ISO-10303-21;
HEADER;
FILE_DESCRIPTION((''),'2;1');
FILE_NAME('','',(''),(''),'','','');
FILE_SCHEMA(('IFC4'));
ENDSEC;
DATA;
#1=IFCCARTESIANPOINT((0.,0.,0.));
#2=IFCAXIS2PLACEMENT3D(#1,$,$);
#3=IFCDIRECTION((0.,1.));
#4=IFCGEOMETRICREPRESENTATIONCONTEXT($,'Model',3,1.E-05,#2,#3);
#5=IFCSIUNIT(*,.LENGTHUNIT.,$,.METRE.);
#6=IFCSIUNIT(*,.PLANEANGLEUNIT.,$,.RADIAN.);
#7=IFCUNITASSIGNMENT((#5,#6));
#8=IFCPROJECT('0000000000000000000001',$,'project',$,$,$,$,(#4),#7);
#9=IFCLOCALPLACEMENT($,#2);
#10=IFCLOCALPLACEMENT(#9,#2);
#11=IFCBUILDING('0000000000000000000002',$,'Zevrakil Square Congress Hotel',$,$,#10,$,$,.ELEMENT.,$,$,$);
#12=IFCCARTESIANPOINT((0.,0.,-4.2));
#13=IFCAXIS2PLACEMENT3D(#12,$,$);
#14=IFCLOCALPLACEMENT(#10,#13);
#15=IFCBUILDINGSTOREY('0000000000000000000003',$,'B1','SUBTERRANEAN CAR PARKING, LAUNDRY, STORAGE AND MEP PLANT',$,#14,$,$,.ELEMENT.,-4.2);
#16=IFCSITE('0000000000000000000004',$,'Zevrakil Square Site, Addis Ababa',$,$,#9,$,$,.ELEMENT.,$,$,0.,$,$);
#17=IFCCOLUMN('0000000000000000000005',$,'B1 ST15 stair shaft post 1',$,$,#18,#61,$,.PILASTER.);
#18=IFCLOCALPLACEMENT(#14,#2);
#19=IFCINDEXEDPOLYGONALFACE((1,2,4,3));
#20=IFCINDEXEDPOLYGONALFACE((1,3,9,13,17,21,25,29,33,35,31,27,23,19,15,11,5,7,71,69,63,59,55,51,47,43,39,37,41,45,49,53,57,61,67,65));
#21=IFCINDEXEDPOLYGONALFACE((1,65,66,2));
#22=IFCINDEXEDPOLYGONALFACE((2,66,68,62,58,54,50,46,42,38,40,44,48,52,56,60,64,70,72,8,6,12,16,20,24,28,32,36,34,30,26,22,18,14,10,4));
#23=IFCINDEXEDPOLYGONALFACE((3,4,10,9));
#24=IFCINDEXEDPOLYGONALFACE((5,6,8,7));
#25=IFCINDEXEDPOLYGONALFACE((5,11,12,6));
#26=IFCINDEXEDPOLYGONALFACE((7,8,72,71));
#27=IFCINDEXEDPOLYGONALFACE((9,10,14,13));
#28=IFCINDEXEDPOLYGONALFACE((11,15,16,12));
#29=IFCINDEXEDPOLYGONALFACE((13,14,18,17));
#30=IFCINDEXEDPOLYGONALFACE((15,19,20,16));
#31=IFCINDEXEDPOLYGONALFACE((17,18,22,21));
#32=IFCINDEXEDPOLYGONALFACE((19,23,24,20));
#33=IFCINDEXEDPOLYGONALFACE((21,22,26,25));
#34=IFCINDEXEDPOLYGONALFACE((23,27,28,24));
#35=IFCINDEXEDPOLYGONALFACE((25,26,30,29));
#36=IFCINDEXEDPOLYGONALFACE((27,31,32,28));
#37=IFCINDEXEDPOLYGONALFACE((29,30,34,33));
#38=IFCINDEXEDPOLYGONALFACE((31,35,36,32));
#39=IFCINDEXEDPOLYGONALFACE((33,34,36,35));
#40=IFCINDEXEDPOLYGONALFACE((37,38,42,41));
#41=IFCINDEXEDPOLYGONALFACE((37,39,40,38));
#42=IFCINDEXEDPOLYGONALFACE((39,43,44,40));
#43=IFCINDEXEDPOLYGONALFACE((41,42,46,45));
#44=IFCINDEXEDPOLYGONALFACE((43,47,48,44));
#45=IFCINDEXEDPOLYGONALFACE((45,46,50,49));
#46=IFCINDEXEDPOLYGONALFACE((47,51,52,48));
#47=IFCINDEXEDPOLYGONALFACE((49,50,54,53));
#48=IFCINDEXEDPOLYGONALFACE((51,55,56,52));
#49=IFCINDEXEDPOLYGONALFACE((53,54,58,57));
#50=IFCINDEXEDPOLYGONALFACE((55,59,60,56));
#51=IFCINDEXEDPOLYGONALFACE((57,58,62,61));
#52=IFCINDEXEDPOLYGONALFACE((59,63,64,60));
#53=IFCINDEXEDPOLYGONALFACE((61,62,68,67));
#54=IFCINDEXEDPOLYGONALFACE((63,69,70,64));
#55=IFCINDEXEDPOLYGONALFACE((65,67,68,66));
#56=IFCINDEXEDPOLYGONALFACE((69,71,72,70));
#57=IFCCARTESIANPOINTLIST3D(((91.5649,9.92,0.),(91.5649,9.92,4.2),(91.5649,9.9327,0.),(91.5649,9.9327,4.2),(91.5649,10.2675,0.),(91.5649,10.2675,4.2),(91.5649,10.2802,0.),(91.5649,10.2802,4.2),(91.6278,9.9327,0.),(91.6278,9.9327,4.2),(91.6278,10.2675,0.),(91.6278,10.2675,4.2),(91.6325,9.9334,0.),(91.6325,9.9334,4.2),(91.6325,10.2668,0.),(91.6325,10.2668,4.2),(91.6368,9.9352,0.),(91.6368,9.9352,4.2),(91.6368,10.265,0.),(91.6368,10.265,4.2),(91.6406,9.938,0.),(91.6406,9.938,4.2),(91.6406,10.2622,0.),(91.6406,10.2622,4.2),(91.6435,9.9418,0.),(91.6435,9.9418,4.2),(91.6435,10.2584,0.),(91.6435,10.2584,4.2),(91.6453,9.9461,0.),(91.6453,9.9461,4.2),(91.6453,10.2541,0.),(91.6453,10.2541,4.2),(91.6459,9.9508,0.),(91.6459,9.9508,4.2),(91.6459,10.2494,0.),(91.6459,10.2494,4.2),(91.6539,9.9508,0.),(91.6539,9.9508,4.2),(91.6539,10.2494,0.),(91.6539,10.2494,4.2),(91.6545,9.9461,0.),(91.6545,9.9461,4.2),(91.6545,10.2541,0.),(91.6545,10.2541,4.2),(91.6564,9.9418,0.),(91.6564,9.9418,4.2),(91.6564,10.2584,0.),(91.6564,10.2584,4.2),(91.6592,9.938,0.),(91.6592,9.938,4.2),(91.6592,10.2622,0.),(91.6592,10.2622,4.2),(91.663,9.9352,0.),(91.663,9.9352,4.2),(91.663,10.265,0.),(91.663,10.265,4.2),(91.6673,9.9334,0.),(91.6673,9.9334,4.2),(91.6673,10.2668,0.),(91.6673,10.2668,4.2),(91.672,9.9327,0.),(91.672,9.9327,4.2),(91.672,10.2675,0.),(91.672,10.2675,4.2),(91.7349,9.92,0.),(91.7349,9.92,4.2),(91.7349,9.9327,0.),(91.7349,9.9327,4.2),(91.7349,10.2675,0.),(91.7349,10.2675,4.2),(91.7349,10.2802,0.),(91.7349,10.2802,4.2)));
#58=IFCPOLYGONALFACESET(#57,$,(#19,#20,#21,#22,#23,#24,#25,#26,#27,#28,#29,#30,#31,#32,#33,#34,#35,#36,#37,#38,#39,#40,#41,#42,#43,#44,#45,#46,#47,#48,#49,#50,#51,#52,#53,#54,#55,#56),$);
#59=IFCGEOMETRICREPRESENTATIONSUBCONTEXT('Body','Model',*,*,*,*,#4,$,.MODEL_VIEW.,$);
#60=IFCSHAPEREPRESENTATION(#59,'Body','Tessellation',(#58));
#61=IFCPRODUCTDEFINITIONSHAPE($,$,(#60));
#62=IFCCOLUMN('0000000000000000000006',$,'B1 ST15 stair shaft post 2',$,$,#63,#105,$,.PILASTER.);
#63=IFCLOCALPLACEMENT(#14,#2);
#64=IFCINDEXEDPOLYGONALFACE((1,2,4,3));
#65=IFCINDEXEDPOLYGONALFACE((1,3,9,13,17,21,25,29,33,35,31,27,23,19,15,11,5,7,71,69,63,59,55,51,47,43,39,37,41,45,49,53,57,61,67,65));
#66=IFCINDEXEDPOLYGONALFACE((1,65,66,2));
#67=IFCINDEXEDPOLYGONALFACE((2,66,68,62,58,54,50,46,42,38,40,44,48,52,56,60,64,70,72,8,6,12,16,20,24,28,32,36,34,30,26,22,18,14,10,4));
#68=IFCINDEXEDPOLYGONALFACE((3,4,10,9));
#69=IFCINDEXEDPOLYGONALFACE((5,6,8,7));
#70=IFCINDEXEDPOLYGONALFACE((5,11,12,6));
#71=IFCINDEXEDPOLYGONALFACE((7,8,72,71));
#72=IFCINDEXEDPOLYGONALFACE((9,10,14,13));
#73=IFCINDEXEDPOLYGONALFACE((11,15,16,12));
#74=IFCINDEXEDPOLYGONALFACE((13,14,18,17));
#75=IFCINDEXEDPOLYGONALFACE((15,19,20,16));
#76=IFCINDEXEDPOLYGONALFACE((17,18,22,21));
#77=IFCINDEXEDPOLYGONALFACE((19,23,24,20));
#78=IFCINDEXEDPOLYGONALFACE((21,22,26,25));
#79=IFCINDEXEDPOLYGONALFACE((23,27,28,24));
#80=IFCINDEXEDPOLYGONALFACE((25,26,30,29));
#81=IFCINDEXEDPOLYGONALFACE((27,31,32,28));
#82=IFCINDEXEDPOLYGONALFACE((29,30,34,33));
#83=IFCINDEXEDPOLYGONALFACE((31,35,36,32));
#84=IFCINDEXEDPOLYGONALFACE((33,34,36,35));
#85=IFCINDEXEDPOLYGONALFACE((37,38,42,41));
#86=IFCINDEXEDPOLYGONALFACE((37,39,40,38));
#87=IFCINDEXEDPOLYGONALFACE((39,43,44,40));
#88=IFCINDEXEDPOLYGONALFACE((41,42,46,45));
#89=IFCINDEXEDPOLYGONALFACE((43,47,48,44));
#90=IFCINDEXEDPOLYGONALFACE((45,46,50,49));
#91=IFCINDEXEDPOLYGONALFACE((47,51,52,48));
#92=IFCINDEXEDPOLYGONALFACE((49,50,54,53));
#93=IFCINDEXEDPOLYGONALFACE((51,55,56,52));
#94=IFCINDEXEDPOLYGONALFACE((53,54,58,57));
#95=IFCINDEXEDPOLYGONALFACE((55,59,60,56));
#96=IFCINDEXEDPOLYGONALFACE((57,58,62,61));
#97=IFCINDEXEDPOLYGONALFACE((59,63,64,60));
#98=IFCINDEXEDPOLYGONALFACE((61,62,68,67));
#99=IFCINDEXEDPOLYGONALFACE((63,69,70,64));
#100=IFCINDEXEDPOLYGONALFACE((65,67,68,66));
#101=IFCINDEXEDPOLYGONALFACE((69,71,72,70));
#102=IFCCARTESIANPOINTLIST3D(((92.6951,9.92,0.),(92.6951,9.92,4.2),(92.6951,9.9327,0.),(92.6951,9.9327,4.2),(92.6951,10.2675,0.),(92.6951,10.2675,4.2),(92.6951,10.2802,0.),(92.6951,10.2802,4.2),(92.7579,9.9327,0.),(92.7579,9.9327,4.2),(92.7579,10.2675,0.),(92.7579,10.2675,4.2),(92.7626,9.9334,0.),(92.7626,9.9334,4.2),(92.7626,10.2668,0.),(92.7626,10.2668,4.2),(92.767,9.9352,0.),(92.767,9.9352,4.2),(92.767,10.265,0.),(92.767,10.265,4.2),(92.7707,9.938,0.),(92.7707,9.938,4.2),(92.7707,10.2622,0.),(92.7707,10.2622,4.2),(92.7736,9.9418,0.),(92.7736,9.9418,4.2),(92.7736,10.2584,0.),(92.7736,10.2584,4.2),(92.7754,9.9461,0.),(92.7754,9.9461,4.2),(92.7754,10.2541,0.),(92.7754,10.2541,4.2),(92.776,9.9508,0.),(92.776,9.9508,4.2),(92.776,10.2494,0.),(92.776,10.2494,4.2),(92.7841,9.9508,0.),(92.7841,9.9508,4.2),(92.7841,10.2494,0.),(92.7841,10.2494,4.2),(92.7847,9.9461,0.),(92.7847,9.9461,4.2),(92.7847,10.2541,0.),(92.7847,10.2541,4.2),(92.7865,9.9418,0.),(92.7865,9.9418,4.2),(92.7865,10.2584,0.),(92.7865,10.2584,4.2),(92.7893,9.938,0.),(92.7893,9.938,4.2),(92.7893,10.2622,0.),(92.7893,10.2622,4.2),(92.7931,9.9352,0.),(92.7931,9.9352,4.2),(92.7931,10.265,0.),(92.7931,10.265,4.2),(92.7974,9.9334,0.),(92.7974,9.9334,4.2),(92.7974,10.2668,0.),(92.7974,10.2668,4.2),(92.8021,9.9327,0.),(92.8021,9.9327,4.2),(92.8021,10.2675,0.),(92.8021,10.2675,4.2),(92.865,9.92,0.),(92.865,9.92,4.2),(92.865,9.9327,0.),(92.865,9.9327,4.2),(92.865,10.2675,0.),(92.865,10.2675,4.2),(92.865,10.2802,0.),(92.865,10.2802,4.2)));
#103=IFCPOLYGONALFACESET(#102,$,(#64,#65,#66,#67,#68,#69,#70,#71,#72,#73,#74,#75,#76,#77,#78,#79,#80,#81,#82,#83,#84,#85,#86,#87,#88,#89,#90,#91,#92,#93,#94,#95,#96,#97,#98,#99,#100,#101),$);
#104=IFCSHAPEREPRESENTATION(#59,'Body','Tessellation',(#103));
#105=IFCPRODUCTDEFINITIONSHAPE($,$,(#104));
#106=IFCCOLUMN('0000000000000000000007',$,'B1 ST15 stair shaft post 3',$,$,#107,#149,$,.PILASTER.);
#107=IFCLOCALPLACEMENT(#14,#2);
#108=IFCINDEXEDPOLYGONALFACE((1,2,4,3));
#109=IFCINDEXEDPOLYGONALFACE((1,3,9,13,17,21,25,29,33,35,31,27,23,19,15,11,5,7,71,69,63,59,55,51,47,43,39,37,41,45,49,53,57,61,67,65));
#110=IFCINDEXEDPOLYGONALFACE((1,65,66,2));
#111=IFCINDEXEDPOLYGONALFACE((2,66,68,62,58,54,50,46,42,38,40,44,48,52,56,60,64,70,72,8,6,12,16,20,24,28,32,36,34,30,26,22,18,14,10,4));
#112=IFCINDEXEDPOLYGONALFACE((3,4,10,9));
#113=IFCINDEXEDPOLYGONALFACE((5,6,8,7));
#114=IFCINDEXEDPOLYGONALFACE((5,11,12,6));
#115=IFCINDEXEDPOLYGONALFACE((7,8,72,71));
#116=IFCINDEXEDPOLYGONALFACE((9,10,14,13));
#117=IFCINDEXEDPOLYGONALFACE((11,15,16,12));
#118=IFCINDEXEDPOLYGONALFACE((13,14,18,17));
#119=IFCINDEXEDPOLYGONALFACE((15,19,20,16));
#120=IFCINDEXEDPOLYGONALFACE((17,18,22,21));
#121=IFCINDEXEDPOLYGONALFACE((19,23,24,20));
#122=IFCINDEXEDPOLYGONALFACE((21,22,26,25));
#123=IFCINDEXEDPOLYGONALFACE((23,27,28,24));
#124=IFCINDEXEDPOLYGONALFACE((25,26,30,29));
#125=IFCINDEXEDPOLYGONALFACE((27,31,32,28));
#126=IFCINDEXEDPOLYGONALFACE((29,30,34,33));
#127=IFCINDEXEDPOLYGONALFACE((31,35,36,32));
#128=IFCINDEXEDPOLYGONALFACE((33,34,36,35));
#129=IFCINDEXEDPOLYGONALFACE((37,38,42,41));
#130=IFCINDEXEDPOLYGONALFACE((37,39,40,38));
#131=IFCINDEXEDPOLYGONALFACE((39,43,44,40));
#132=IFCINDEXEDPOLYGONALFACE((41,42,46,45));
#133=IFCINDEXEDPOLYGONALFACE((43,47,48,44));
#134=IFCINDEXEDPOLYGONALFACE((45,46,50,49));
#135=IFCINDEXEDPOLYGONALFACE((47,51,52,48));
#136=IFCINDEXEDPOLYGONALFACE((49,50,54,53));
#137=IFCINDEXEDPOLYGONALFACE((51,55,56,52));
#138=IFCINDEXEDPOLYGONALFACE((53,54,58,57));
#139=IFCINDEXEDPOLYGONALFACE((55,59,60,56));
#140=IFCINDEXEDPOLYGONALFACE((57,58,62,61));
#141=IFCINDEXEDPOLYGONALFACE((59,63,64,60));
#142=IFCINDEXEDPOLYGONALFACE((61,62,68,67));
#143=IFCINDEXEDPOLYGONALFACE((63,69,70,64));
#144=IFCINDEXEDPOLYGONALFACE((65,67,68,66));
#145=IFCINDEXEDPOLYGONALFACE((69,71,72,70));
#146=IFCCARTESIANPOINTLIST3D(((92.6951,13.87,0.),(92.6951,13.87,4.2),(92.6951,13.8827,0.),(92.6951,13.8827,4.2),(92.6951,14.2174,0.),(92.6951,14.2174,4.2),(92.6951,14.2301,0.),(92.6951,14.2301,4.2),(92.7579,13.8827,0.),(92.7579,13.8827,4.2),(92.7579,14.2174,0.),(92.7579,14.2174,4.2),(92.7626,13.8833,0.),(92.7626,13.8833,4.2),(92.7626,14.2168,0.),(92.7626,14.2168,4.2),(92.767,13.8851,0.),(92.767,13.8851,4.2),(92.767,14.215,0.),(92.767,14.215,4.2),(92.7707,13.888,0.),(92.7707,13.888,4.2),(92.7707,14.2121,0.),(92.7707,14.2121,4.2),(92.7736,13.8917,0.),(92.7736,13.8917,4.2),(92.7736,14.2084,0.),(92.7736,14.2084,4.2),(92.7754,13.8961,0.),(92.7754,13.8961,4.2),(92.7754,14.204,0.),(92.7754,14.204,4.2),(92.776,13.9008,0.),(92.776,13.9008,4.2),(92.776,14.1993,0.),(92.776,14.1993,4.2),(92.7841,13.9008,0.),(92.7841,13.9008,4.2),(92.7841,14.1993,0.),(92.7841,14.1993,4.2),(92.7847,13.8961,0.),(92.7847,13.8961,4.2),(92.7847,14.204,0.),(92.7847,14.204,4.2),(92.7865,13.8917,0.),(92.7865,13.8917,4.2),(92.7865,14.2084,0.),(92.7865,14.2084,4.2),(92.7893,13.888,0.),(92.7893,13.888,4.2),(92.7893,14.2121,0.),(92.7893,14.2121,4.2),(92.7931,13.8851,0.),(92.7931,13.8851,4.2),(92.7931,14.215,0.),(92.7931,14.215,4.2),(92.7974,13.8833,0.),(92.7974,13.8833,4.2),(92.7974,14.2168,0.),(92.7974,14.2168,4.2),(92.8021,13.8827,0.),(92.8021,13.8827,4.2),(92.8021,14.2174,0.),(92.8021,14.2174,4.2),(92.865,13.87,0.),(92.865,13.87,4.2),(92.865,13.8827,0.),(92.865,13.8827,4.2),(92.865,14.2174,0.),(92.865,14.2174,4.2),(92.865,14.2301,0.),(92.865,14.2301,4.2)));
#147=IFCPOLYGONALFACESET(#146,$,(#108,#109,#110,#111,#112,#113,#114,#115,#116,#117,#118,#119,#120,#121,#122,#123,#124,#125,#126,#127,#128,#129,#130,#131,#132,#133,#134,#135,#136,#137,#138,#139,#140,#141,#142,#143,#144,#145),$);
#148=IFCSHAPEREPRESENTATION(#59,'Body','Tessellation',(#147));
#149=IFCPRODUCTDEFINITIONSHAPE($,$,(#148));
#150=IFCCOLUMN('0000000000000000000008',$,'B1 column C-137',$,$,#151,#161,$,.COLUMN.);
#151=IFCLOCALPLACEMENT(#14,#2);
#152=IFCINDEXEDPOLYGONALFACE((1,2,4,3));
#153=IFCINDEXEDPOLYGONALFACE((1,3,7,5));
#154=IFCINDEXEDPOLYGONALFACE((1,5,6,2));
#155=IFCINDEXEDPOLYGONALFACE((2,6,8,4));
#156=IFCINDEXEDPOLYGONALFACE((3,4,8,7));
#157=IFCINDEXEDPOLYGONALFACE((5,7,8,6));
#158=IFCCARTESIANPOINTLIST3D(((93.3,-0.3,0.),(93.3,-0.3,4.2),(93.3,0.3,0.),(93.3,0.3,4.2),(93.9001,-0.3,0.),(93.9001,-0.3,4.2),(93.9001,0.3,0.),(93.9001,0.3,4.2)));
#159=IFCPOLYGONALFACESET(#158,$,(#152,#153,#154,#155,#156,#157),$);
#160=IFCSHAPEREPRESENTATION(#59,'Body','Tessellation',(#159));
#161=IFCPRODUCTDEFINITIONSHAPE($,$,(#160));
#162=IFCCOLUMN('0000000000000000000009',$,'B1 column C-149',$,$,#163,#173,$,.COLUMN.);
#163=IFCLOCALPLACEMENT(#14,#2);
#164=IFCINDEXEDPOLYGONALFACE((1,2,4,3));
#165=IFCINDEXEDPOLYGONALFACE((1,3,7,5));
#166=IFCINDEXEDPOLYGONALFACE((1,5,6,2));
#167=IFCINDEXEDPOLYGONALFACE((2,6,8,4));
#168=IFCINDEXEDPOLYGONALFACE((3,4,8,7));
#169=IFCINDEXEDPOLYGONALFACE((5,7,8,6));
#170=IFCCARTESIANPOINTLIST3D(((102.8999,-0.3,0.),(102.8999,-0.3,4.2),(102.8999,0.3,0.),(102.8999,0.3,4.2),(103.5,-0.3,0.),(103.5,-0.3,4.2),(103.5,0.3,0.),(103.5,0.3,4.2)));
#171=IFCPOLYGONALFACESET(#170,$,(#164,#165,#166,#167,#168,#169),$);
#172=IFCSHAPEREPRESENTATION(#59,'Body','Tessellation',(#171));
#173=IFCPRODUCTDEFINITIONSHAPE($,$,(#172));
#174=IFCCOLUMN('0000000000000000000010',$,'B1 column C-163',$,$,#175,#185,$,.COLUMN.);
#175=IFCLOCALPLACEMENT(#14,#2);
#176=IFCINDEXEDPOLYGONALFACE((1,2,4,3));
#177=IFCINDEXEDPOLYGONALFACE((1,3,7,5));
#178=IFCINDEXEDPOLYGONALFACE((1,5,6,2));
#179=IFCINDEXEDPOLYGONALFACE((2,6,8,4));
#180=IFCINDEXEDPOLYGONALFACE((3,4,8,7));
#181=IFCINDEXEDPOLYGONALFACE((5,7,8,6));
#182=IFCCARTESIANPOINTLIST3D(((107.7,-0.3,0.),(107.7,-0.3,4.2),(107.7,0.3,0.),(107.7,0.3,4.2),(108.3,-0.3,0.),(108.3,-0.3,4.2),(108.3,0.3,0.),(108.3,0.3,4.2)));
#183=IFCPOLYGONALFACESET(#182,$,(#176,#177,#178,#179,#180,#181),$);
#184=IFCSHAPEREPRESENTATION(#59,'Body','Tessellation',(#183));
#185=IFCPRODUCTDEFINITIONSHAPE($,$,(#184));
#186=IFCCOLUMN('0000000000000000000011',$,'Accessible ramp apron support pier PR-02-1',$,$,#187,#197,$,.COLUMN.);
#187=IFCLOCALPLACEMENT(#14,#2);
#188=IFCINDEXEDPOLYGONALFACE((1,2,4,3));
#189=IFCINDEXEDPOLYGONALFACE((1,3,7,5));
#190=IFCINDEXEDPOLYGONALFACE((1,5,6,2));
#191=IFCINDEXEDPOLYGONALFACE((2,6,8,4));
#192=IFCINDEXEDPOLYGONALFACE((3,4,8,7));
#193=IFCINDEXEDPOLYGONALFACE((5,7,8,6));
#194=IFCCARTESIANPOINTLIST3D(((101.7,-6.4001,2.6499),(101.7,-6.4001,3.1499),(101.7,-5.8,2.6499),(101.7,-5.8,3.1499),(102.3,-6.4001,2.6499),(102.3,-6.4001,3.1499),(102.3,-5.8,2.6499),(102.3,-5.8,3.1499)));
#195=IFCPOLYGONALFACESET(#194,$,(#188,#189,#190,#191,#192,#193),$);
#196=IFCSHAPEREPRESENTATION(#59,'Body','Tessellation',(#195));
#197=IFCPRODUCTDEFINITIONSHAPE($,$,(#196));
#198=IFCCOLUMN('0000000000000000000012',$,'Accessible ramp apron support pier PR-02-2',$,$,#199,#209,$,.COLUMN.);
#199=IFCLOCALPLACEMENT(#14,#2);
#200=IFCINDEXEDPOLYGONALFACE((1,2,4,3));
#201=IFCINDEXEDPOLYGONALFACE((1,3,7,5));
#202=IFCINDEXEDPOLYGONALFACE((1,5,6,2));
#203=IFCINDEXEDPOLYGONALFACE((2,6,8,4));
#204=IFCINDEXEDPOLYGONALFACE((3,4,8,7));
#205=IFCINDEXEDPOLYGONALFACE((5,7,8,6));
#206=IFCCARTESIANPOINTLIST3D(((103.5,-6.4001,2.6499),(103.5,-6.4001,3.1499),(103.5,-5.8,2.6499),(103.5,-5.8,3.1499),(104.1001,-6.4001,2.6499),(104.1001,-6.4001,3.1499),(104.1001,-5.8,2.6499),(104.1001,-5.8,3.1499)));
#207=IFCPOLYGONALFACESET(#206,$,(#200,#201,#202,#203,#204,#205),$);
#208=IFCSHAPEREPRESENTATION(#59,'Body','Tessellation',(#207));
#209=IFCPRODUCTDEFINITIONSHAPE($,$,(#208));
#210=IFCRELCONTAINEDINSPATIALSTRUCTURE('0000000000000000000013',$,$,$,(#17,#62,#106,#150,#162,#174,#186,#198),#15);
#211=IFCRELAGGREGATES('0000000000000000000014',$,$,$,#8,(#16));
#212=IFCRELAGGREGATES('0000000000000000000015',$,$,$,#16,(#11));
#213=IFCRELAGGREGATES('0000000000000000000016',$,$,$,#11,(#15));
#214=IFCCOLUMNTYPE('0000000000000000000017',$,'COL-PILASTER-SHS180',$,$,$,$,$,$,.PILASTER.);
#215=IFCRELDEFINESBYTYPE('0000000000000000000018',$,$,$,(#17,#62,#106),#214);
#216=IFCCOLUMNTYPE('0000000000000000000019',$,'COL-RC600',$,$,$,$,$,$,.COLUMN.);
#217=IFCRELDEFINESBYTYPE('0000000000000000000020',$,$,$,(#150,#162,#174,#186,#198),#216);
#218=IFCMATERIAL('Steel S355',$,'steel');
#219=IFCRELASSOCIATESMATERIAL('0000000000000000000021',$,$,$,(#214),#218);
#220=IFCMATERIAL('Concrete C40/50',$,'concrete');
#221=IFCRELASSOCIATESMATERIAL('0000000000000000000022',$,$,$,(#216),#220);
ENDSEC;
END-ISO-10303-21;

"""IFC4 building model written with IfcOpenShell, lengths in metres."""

from ifc_helpers import new_model, si_unit, direction, frame, origin, origin_2d, place, context, subcontext, project, spatial, rectangle, i_section, extrude, material, material_profile, profile_set, type_object, element, save


model = new_model("IFC4")

# Units and contexts
model_context = context("Model", 3, precision=1e-05, world=origin(), true_north=direction((0.0, 1.0)))
body_context = subcontext(model_context, "Body", "Model", "MODEL_VIEW")
ifc_project = project(units=[si_unit("LENGTHUNIT", "METRE"), si_unit("PLANEANGLEUNIT", "RADIAN")], contexts=[model_context])

# Site, building, storey
site_placement = place(None, origin())
site = spatial("IfcSite", under=ifc_project, at=site_placement, Name="Zevrakil Square Site, Addis Ababa", CompositionType="ELEMENT", RefElevation=0.0)
building_placement = place(site_placement, origin())
building = spatial("IfcBuilding", under=site, at=building_placement, Name="Zevrakil Square Congress Hotel", CompositionType="ELEMENT")
storey_placement = place(building_placement, frame((0.0, 0.0, -4.2)))
storey = spatial("IfcBuildingStorey", under=building, at=storey_placement, Name="B1", Description="SUBTERRANEAN CAR PARKING, LAUNDRY, STORAGE AND MEP PLANT", CompositionType="ELEMENT", Elevation=-4.2)

# Columns
ifc_material_1 = material(Name="Steel S355", Category="steel")
ifc_material_profile_1 = material_profile(ifc_material_1, i_section(OverallWidth=0.1699, OverallDepth=0.3601, WebThickness=0.0081, FlangeThickness=0.0127, FilletRadius=0.0181, at=origin_2d()), Name="IPE 360")
ifc_profile_set_1 = profile_set([ifc_material_profile_1], Name="Steel S355")
column_type_1 = type_object("IfcColumnType", Name="COL-PILASTER-SHS180", PredefinedType="PILASTER", material=ifc_profile_set_1)
for number, where, z_axis, x_axis, name in (
    (1, (91.6499, 10.1001, 0.0), (0.0, 0.0, 1.0), (1.0, 0.0, 0.0), "B1 ST15 stair shaft post 1"),
    (2, (92.78, 10.1001, 0.0), (0.0, 0.0, 1.0), (1.0, 0.0, 0.0), "B1 ST15 stair shaft post 2"),
    (3, (92.78, 14.05, 0.0), (0.0, 0.0, 1.0), (1.0, 0.0, 0.0), "B1 ST15 stair shaft post 3"),
):
    element("IfcColumn", number, at=place(storey_placement, frame(where, z_axis=z_axis, x_axis=x_axis)), inside=storey, type_object=column_type_1, Name=name, PredefinedType="PILASTER", context=body_context, shape_type="SweptSolid", body=[
        extrude(i_section(OverallWidth=0.1699, OverallDepth=0.3601, WebThickness=0.0081, FlangeThickness=0.0127, FilletRadius=0.0181, at=origin_2d()), origin(), (0.0, 0.0, 1.0), 4.2),
    ])
ifc_material_2 = material(Name="Concrete C40/50", Category="concrete")
ifc_material_profile_2 = material_profile(ifc_material_2, rectangle(XDim=0.6001, YDim=0.6001, at=origin_2d()), Name="RC 600x600")
ifc_profile_set_2 = profile_set([ifc_material_profile_2], Name="Concrete C40/50")
column_type_2 = type_object("IfcColumnType", Name="COL-RC600", PredefinedType="COLUMN", material=ifc_profile_set_2)
for number, where, z_axis, x_axis, name in (
    (4, (93.6001, 0.0, 0.0), (0.0, 0.0, 1.0), (1.0, 0.0, 0.0), "B1 column C-137"),
    (5, (103.2, 0.0, 0.0), (0.0, 0.0, 1.0), (1.0, 0.0, 0.0), "B1 column C-149"),
    (6, (108.0, 0.0, 0.0), (0.0, 0.0, 1.0), (1.0, 0.0, 0.0), "B1 column C-163"),
):
    element("IfcColumn", number, at=place(storey_placement, frame(where, z_axis=z_axis, x_axis=x_axis)), inside=storey, type_object=column_type_2, Name=name, PredefinedType="COLUMN", context=body_context, shape_type="SweptSolid", body=[
        extrude(rectangle(XDim=0.6001, YDim=0.6001, at=origin_2d()), origin(), (0.0, 0.0, 1.0), 4.2),
    ])
for number, where, z_axis, x_axis, name in (
    (7, (102.0, -6.1001, 2.6499), (0.0, 0.0, 1.0), (1.0, 0.0, 0.0), "Accessible ramp apron support pier PR-02-1"),
    (8, (103.8, -6.1001, 2.6499), (0.0, 0.0, 1.0), (1.0, 0.0, 0.0), "Accessible ramp apron support pier PR-02-2"),
):
    element("IfcColumn", number, at=place(storey_placement, frame(where, z_axis=z_axis, x_axis=x_axis)), inside=storey, type_object=column_type_2, Name=name, PredefinedType="COLUMN", context=body_context, shape_type="SweptSolid", body=[
        extrude(rectangle(XDim=0.6001, YDim=0.6001, at=origin_2d()), origin(), (0.0, 0.0, 1.0), 0.5),
    ])

save(model, "model.ifc")
